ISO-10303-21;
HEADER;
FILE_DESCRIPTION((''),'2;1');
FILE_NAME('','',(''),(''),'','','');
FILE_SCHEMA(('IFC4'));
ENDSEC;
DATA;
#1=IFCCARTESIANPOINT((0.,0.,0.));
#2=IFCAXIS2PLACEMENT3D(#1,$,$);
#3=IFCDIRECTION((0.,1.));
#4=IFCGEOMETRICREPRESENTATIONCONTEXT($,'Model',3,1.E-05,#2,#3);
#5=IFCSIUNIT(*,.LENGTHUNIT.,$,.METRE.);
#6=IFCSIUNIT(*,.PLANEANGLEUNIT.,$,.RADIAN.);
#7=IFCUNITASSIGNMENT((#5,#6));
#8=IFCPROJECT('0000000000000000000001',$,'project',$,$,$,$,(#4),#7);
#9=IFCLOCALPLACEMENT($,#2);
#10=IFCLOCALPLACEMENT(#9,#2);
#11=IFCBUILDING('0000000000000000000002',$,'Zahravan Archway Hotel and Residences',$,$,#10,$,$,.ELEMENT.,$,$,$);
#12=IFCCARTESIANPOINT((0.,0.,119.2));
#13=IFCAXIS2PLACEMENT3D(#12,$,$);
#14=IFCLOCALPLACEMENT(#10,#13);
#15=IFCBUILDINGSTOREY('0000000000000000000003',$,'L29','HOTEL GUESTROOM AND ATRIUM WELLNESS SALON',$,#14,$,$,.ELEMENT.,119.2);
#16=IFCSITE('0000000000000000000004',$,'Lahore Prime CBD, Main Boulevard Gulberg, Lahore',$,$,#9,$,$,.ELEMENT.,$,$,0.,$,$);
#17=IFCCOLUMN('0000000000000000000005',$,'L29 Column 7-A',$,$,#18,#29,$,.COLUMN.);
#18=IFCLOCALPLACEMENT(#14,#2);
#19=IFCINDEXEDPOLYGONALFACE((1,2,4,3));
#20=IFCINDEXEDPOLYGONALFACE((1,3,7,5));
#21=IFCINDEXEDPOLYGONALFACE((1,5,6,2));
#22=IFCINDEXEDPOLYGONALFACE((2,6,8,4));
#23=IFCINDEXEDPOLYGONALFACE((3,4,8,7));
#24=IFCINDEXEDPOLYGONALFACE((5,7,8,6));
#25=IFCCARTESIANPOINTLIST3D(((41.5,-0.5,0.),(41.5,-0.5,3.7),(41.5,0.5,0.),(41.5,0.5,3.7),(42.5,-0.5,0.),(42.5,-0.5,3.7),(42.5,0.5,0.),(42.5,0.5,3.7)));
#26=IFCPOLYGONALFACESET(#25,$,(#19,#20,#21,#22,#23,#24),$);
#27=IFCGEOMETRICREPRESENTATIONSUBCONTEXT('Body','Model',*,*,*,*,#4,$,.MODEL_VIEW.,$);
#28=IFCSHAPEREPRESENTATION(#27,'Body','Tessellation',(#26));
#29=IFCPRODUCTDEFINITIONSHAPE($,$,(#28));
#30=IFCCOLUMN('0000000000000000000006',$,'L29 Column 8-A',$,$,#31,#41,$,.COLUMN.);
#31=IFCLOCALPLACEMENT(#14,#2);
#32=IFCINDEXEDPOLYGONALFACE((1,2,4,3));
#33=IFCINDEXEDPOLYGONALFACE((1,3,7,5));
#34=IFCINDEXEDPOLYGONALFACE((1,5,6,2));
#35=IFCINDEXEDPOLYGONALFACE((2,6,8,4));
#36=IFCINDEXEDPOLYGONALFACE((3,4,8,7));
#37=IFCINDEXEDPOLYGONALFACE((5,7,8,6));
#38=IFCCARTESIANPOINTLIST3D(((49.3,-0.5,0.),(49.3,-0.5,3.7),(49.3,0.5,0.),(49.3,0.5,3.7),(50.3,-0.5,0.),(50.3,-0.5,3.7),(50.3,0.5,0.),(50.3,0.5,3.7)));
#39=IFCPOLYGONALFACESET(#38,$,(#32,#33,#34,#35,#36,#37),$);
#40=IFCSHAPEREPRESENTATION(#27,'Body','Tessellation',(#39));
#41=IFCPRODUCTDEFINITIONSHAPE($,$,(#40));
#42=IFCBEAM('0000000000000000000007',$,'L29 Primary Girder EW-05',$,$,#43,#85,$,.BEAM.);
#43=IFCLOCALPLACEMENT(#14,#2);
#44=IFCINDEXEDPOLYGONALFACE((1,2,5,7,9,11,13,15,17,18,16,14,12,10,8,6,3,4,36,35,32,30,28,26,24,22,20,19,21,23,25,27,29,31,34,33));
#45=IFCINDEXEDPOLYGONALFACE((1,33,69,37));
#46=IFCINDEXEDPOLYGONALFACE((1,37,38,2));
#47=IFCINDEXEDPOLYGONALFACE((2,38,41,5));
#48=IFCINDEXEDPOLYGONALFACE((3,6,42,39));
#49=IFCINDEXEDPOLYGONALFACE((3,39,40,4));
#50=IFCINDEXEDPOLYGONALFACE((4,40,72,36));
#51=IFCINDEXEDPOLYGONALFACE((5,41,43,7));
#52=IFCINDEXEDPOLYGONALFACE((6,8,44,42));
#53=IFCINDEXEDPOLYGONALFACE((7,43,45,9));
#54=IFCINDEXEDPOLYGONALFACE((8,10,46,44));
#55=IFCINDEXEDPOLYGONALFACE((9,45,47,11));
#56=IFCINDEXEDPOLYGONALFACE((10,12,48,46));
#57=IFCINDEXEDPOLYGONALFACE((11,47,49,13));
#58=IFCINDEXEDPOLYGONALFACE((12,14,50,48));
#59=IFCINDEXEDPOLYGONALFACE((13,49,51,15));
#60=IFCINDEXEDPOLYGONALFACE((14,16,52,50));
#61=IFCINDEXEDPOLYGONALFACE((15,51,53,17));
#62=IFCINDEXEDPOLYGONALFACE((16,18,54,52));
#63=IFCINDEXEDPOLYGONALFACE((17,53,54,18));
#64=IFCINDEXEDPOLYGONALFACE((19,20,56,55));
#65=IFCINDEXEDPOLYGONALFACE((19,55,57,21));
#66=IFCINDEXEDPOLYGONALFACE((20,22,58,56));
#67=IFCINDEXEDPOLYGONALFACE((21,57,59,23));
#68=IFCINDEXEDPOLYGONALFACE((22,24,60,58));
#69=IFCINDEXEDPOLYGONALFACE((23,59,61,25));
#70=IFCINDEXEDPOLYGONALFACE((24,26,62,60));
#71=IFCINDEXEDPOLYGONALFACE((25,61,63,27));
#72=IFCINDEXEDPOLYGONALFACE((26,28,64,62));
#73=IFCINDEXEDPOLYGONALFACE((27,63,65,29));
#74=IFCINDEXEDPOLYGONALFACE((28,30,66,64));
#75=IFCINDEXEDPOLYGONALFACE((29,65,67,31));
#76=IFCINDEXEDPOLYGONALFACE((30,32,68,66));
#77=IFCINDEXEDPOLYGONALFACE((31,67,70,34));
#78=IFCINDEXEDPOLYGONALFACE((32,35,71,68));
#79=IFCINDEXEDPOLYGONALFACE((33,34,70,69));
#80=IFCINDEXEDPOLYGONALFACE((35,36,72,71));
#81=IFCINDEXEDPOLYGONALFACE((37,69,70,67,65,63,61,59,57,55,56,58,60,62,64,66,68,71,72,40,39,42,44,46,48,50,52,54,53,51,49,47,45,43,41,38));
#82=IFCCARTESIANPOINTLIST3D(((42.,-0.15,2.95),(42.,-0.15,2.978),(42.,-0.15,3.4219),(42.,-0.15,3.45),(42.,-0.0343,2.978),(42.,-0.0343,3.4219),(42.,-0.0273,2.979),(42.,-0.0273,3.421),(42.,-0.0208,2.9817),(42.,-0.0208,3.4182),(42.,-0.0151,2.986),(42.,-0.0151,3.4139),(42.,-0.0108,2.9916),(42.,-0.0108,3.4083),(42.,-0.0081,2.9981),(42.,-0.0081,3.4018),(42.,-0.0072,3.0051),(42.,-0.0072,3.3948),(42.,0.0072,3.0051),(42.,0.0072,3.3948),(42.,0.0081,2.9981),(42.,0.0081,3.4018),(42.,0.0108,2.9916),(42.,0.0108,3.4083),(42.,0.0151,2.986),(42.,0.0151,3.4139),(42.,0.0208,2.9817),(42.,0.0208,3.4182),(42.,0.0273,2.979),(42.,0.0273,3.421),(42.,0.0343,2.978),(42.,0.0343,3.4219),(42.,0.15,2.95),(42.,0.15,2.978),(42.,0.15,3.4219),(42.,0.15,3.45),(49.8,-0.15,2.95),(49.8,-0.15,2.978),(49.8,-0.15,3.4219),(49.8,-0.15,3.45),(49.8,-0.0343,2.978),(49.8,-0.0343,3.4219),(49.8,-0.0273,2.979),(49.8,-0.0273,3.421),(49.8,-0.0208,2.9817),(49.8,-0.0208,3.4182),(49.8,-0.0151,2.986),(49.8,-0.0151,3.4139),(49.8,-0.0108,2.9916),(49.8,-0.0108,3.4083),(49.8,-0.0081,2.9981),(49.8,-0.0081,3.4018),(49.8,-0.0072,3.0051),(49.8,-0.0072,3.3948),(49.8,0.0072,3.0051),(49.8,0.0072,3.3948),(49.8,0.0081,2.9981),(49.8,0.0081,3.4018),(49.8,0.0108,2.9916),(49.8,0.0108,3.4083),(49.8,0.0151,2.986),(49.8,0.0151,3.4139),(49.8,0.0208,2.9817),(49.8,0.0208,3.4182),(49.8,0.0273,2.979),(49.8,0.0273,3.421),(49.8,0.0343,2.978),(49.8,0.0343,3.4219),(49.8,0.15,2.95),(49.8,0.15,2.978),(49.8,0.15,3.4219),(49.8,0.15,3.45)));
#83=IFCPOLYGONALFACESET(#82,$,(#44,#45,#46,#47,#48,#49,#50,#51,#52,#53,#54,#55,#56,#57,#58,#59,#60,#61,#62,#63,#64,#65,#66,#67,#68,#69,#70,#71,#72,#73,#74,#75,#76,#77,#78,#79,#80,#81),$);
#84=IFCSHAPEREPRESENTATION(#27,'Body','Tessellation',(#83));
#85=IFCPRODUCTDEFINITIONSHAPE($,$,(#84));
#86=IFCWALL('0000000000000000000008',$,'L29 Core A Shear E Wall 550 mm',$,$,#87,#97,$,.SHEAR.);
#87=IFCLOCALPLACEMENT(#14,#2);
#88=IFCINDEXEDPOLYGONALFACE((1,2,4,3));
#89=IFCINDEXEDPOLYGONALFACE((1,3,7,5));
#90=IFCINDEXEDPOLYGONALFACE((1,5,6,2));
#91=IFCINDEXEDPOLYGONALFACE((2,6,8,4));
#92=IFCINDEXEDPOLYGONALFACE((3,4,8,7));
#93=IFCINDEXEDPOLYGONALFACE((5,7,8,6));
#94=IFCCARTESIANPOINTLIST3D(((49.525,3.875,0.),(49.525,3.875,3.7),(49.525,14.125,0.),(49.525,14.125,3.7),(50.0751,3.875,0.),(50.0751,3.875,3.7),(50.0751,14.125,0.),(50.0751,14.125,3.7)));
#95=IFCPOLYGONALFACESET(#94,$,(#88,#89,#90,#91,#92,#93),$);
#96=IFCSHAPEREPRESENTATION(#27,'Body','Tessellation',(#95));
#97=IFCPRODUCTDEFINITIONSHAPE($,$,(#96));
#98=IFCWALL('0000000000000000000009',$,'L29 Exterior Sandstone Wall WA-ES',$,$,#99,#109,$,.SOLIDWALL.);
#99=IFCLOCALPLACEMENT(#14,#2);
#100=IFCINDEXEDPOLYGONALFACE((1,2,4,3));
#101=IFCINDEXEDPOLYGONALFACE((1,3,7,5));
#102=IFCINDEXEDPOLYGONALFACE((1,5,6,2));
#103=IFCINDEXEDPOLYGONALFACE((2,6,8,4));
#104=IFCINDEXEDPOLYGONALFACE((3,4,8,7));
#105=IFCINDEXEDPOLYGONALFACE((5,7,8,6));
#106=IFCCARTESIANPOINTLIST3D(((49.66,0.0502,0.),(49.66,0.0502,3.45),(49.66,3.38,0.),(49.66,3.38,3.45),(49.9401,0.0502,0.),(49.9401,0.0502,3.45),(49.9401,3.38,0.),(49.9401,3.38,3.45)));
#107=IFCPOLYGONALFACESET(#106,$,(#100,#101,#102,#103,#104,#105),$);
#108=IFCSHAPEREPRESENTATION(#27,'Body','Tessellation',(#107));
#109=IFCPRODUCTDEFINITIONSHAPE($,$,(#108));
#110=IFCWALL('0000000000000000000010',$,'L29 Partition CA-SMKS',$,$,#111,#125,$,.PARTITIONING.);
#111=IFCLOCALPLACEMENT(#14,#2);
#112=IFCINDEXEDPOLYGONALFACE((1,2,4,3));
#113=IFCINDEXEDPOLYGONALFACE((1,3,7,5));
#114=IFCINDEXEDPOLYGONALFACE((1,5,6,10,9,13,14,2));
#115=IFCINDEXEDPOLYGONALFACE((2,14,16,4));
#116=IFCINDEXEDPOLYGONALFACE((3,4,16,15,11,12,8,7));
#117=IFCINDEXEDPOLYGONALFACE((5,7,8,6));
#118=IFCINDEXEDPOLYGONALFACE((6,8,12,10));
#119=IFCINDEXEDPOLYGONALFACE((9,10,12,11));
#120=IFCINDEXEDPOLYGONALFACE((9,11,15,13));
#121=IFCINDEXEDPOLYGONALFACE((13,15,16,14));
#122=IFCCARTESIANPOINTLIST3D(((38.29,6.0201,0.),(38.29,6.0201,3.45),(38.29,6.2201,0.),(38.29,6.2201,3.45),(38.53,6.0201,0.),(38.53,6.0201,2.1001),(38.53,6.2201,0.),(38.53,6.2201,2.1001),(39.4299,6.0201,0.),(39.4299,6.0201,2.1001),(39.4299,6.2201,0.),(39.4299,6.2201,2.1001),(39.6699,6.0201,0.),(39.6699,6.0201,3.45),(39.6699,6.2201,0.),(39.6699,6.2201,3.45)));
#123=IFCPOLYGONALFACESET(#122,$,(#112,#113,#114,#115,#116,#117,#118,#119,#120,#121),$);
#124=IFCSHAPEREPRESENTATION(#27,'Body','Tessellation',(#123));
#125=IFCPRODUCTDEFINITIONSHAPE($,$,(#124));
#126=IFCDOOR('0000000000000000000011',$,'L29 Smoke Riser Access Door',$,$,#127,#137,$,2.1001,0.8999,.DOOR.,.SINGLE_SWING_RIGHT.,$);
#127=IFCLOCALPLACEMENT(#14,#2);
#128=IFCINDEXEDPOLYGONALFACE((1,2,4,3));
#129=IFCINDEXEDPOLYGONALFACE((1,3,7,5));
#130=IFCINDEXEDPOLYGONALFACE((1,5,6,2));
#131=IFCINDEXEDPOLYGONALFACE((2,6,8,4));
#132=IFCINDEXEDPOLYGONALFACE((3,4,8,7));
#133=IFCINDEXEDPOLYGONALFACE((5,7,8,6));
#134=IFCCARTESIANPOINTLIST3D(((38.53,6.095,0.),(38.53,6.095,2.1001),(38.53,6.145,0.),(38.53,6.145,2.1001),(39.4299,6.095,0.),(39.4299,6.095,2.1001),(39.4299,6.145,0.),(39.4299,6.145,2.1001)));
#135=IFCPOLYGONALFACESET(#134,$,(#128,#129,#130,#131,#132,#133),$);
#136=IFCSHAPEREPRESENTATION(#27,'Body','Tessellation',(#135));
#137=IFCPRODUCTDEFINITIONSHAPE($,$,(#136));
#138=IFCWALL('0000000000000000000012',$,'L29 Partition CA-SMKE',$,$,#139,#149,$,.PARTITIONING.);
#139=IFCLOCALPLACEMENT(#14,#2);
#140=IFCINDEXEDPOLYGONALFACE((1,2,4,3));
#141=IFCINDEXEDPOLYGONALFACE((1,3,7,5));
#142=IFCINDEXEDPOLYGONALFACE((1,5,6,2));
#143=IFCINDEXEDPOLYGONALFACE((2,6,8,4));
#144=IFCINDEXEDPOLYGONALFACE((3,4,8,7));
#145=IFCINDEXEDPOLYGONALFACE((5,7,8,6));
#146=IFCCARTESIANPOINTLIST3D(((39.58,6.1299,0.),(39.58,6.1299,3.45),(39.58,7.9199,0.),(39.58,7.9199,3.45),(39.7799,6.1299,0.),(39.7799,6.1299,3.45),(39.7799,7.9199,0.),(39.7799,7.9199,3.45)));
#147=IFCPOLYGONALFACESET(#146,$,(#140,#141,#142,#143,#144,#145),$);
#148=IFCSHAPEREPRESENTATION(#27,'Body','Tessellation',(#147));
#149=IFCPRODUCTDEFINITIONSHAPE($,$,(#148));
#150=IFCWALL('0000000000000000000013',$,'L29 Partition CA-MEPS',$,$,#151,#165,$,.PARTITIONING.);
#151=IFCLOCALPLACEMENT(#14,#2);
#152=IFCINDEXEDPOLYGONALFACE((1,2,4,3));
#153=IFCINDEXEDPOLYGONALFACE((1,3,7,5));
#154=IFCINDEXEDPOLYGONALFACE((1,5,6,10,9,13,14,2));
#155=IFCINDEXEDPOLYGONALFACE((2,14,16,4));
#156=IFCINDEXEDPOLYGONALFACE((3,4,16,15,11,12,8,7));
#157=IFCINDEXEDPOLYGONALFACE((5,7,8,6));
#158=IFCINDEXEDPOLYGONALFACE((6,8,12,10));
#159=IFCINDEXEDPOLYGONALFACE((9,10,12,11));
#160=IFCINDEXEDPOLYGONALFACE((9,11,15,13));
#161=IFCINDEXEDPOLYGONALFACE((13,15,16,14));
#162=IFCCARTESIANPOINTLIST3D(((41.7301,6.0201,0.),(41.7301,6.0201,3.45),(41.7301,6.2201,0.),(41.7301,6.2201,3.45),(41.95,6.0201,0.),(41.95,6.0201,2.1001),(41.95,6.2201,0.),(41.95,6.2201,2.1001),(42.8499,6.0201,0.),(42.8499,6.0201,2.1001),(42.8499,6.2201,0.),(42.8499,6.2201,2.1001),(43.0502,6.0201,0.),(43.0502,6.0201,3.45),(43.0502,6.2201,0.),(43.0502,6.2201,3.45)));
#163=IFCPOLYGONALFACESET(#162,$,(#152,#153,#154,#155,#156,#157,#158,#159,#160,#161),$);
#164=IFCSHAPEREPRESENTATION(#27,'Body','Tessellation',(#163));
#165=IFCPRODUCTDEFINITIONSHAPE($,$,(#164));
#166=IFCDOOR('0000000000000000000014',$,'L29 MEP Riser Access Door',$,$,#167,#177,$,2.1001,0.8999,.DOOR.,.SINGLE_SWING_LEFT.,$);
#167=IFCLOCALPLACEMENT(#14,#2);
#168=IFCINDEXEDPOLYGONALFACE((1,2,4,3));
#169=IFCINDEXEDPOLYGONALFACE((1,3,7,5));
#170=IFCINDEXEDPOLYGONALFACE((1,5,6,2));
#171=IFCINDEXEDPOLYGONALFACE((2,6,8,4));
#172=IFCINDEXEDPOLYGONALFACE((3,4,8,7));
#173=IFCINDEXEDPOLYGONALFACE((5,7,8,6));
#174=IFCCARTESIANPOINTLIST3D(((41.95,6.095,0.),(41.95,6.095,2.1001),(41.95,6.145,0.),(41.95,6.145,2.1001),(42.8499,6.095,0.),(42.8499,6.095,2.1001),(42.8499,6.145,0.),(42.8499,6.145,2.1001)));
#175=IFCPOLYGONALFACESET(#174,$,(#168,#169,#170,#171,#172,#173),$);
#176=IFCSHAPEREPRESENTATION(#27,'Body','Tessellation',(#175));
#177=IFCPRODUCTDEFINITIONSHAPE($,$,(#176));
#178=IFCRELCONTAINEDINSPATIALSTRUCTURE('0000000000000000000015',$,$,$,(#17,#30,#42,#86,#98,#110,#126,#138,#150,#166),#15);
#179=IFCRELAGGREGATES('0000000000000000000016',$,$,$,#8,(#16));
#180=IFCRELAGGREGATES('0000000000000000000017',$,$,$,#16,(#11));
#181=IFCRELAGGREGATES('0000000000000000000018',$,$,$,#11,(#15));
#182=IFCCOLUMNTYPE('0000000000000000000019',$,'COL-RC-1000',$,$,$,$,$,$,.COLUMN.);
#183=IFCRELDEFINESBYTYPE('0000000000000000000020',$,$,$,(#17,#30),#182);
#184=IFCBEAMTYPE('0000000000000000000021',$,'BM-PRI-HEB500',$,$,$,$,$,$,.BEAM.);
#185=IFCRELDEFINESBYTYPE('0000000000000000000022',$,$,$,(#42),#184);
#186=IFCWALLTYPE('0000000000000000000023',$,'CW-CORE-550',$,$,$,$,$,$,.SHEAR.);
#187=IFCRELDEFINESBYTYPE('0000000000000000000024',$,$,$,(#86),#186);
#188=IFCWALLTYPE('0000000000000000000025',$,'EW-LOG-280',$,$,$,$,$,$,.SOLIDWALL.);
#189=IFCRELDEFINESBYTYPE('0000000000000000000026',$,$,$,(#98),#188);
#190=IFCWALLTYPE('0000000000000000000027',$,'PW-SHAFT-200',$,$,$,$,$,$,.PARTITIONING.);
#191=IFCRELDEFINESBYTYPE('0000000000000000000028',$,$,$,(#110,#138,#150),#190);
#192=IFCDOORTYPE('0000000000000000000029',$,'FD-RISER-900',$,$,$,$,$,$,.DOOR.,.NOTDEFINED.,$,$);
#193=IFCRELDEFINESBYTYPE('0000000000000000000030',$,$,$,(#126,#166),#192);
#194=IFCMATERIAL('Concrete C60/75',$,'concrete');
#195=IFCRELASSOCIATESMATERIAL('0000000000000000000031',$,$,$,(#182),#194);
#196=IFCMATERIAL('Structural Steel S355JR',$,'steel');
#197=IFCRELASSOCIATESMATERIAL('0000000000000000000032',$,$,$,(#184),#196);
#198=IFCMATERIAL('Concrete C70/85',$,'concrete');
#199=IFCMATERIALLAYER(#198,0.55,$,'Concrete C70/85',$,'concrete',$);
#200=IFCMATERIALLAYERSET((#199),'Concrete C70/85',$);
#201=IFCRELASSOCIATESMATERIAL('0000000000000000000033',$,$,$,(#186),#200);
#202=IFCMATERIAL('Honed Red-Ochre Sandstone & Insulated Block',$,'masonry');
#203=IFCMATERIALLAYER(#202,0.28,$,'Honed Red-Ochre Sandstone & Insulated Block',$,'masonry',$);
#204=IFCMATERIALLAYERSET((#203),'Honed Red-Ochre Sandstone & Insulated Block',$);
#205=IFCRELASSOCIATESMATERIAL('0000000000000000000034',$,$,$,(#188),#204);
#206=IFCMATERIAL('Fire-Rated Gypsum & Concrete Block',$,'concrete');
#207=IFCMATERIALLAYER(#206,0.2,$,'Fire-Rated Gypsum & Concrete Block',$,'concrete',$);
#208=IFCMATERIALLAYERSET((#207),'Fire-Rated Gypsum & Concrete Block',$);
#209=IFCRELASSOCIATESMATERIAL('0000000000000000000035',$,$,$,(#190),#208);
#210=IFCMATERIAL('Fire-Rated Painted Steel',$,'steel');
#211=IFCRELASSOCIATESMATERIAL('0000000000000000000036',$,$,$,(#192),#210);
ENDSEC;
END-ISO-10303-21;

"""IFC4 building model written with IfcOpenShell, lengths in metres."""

from ifc_helpers import new_model, si_unit, direction, frame, frame_2d, origin, origin_2d, place, context, subcontext, project, spatial, rectangle, i_section, extrude, source, transform, mapped, material, layer, layer_set, material_profile, profile_set, type_object, type_shapes, element, fill, save


model = new_model("IFC4")

# Units and contexts
model_context = context("Model", 3, precision=1e-05, world=origin(), true_north=direction((0.0, 1.0)))
body_context = subcontext(model_context, "Body", "Model", "MODEL_VIEW")
ifc_project = project(units=[si_unit("LENGTHUNIT", "METRE"), si_unit("PLANEANGLEUNIT", "RADIAN")], contexts=[model_context])

# Site, building, storey
site_placement = place(None, origin())
site = spatial("IfcSite", under=ifc_project, at=site_placement, Name="Lahore Prime CBD, Main Boulevard Gulberg, Lahore", CompositionType="ELEMENT", RefElevation=0.0)
building_placement = place(site_placement, origin())
building = spatial("IfcBuilding", under=site, at=building_placement, Name="Zahravan Archway Hotel and Residences", CompositionType="ELEMENT")
storey_placement = place(building_placement, frame((0.0, 0.0, 119.2)))
storey = spatial("IfcBuildingStorey", under=building, at=storey_placement, Name="L29", Description="HOTEL GUESTROOM AND ATRIUM WELLNESS SALON", CompositionType="ELEMENT", Elevation=119.2)

# Columns
ifc_material_1 = material(Name="Concrete C60/75", Category="concrete")
ifc_material_profile_1 = material_profile(ifc_material_1, rectangle(XDim=1.0, YDim=1.0, at=origin_2d()), Name="RC-COL-1000x1000", Category="concrete")
ifc_profile_set_1 = profile_set([ifc_material_profile_1], Name="Concrete C60/75")
column_type = type_object("IfcColumnType", Name="COL-RC-1000", PredefinedType="COLUMN", material=ifc_profile_set_1)
shared_shape_1 = source(origin(), body_context, "Body", "SweptSolid", [
    extrude(rectangle(XDim=1.0, YDim=1.0, at=origin_2d()), origin(), (0.0, 0.0, 1.0), 3.7),
])
type_shapes(column_type, [shared_shape_1])
for number, where, z_axis, x_axis, name in (
    (1, (42.0, 0.0, 0.0), (0.0, 0.0, 1.0), (1.0, 0.0, 0.0), "L29 Column 7-A"),
    (2, (49.8, 0.0, 0.0), (0.0, 0.0, 1.0), (1.0, 0.0, 0.0), "L29 Column 8-A"),
):
    element("IfcColumn", number, at=place(storey_placement, frame(where, z_axis=z_axis, x_axis=x_axis)), inside=storey, type_object=column_type, Name=name, PredefinedType="COLUMN", context=body_context, shape_type="MappedRepresentation", body=[
        mapped(shared_shape_1, transform((0.0, 0.0, 0.0), scale=1.0)),
    ])

# Beam
ifc_material_2 = material(Name="Structural Steel S355JR", Category="steel")
ifc_material_profile_2 = material_profile(ifc_material_2, i_section(OverallWidth=0.3, OverallDepth=0.5, WebThickness=0.0144, FlangeThickness=0.0281, FilletRadius=0.0271, at=origin_2d()), Name="HEB 500", Category="steel")
ifc_profile_set_2 = profile_set([ifc_material_profile_2], Name="Structural Steel S355JR")
beam_type = type_object("IfcBeamType", Name="BM-PRI-HEB500", PredefinedType="BEAM", material=ifc_profile_set_2)
shared_shape_2 = source(origin(), body_context, "Body", "SweptSolid", [
    extrude(i_section(OverallWidth=0.3, OverallDepth=0.5, WebThickness=0.0144, FlangeThickness=0.0281, FilletRadius=0.0271, at=origin_2d()), origin(), (0.0, 0.0, 1.0), 7.8),
])
beam_placement = place(storey_placement, frame((42.0, 0.0, 3.2), z_axis=(1.0, 0.0, 0.0), x_axis=(0.0, 1.0, 0.0)))
element("IfcBeam", 3, at=beam_placement, inside=storey, type_object=beam_type, Name="L29 Primary Girder EW-05", PredefinedType="BEAM", context=body_context, shape_type="MappedRepresentation", body=[
    mapped(shared_shape_2, transform((0.0, 0.0, 0.0), scale=1.0)),
])

# Walls
ifc_material_3 = material(Name="Concrete C70/85", Category="concrete")
ifc_layer_1 = layer(ifc_material_3, 0.55, Name="Concrete C70/85", Category="concrete")
ifc_layer_set_1 = layer_set([ifc_layer_1], Name="Concrete C70/85")
wall_type_1 = type_object("IfcWallType", Name="CW-CORE-550", PredefinedType="SHEAR", material=ifc_layer_set_1)
wall_1_placement = place(storey_placement, frame((49.8, 3.875, 0.0), z_axis=(0.0, 0.0, 1.0), x_axis=(0.0, 1.0, 0.0)))
element("IfcWall", 4, at=wall_1_placement, inside=storey, type_object=wall_type_1, Name="L29 Core A Shear E Wall 550 mm", PredefinedType="SHEAR", context=body_context, shape_type="SweptSolid", body=[
    extrude(rectangle(XDim=10.25, YDim=0.55, at=frame_2d((5.125, 0.0))), origin(), (0.0, 0.0, 1.0), 3.7),
])
ifc_material_4 = material(Name="Honed Red-Ochre Sandstone & Insulated Block", Category="masonry")
ifc_layer_2 = layer(ifc_material_4, 0.28, Name="Honed Red-Ochre Sandstone & Insulated Block", Category="masonry")
ifc_layer_set_2 = layer_set([ifc_layer_2], Name="Honed Red-Ochre Sandstone & Insulated Block")
wall_type_2 = type_object("IfcWallType", Name="EW-LOG-280", PredefinedType="SOLIDWALL", material=ifc_layer_set_2)
wall_2_placement = place(storey_placement, frame((49.8, 0.05, 0.0), z_axis=(0.0, 0.0, 1.0), x_axis=(0.0, 1.0, 0.0)))
element("IfcWall", 5, at=wall_2_placement, inside=storey, type_object=wall_type_2, Name="L29 Exterior Sandstone Wall WA-ES", PredefinedType="SOLIDWALL", context=body_context, shape_type="SweptSolid", body=[
    extrude(rectangle(XDim=3.3298, YDim=0.28, at=frame_2d((1.665, 0.0))), origin(), (0.0, 0.0, 1.0), 3.45),
])

# Wall, opening, door
ifc_material_5 = material(Name="Fire-Rated Gypsum & Concrete Block", Category="concrete")
ifc_layer_3 = layer(ifc_material_5, 0.2, Name="Fire-Rated Gypsum & Concrete Block", Category="concrete")
ifc_layer_set_3 = layer_set([ifc_layer_3], Name="Fire-Rated Gypsum & Concrete Block")
wall_type_3 = type_object("IfcWallType", Name="PW-SHAFT-200", PredefinedType="PARTITIONING", material=ifc_layer_set_3)
wall_3_placement = place(storey_placement, frame((38.29, 6.1201, 0.0), z_axis=(0.0, 0.0, 1.0), x_axis=(1.0, 0.0, 0.0)))
wall_3 = element("IfcWall", 6, at=wall_3_placement, inside=storey, type_object=wall_type_3, Name="L29 Partition CA-SMKS", PredefinedType="PARTITIONING", context=body_context, shape_type="SweptSolid", body=[
    extrude(rectangle(XDim=1.3799, YDim=0.2, at=frame_2d((0.6899, 0.0))), origin(), (0.0, 0.0, 1.0), 3.45),
])
opening_1_placement = place(wall_3_placement, frame((0.24, 0.0, 0.0)))
opening_1 = element("IfcOpeningElement", 7, at=opening_1_placement, cuts=wall_3, PredefinedType="OPENING", context=body_context, shape_type="SweptSolid", body=[
    extrude(rectangle(XDim=0.8999, YDim=2.1001, at=frame_2d((0.45, 1.05))), frame((0.0, 0.1099, 0.0), z_axis=(0.0, -1.0, 0.0), x_axis=(1.0, 0.0, 0.0)), (0.0, 0.0, 1.0), 0.22),
])
ifc_material_6 = material(Name="Fire-Rated Painted Steel", Category="steel")
door_type = type_object("IfcDoorType", Name="FD-RISER-900", OperationType="NOTDEFINED", PredefinedType="DOOR", material=ifc_material_6)
shared_shape_3 = source(origin(), body_context, "Body", "SweptSolid", [
    extrude(rectangle(XDim=0.8999, YDim=2.1001, at=frame_2d((0.45, 1.05))), frame((0.0, 0.0249, 0.0), z_axis=(0.0, -1.0, 0.0), x_axis=(1.0, 0.0, 0.0)), (0.0, 0.0, 1.0), 0.05),
])
type_shapes(door_type, [shared_shape_3])
door_1_placement = place(opening_1_placement, origin())
door_1 = element("IfcDoor", 8, at=door_1_placement, inside=storey, type_object=door_type, Name="L29 Smoke Riser Access Door", OperationType="SINGLE_SWING_RIGHT", OverallHeight=2.1001, OverallWidth=0.8999, PredefinedType="DOOR", context=body_context, shape_type="MappedRepresentation", body=[
    mapped(shared_shape_3, transform((0.0, 0.0, 0.0), scale=1.0)),
])
fill(opening_1, door_1)

# Wall
wall_4_placement = place(storey_placement, frame((39.6799, 6.1299, 0.0), z_axis=(0.0, 0.0, 1.0), x_axis=(0.0, 1.0, 0.0)))
element("IfcWall", 9, at=wall_4_placement, inside=storey, type_object=wall_type_3, Name="L29 Partition CA-SMKE", PredefinedType="PARTITIONING", context=body_context, shape_type="SweptSolid", body=[
    extrude(rectangle(XDim=1.79, YDim=0.2, at=frame_2d((0.895, 0.0))), origin(), (0.0, 0.0, 1.0), 3.45),
])

# Wall, opening, door
wall_5_placement = place(storey_placement, frame((41.73, 6.1201, 0.0), z_axis=(0.0, 0.0, 1.0), x_axis=(1.0, 0.0, 0.0)))
wall_5 = element("IfcWall", 10, at=wall_5_placement, inside=storey, type_object=wall_type_3, Name="L29 Partition CA-MEPS", PredefinedType="PARTITIONING", context=body_context, shape_type="SweptSolid", body=[
    extrude(rectangle(XDim=1.3201, YDim=0.2, at=frame_2d((0.6602, 0.0))), origin(), (0.0, 0.0, 1.0), 3.45),
])
opening_2_placement = place(wall_5_placement, frame((0.22, 0.0, 0.0)))
opening_2 = element("IfcOpeningElement", 11, at=opening_2_placement, cuts=wall_5, PredefinedType="OPENING", context=body_context, shape_type="SweptSolid", body=[
    extrude(rectangle(XDim=0.8999, YDim=2.1001, at=frame_2d((0.45, 1.05))), frame((0.0, 0.1099, 0.0), z_axis=(0.0, -1.0, 0.0), x_axis=(1.0, 0.0, 0.0)), (0.0, 0.0, 1.0), 0.22),
])
door_2_placement = place(opening_2_placement, origin())
door_2 = element("IfcDoor", 12, at=door_2_placement, inside=storey, type_object=door_type, Name="L29 MEP Riser Access Door", OperationType="SINGLE_SWING_LEFT", OverallHeight=2.1001, OverallWidth=0.8999, PredefinedType="DOOR", context=body_context, shape_type="MappedRepresentation", body=[
    mapped(shared_shape_3, transform((0.0, 0.0, 0.0), scale=1.0)),
])
fill(opening_2, door_2)

save(model, "model.ifc")
